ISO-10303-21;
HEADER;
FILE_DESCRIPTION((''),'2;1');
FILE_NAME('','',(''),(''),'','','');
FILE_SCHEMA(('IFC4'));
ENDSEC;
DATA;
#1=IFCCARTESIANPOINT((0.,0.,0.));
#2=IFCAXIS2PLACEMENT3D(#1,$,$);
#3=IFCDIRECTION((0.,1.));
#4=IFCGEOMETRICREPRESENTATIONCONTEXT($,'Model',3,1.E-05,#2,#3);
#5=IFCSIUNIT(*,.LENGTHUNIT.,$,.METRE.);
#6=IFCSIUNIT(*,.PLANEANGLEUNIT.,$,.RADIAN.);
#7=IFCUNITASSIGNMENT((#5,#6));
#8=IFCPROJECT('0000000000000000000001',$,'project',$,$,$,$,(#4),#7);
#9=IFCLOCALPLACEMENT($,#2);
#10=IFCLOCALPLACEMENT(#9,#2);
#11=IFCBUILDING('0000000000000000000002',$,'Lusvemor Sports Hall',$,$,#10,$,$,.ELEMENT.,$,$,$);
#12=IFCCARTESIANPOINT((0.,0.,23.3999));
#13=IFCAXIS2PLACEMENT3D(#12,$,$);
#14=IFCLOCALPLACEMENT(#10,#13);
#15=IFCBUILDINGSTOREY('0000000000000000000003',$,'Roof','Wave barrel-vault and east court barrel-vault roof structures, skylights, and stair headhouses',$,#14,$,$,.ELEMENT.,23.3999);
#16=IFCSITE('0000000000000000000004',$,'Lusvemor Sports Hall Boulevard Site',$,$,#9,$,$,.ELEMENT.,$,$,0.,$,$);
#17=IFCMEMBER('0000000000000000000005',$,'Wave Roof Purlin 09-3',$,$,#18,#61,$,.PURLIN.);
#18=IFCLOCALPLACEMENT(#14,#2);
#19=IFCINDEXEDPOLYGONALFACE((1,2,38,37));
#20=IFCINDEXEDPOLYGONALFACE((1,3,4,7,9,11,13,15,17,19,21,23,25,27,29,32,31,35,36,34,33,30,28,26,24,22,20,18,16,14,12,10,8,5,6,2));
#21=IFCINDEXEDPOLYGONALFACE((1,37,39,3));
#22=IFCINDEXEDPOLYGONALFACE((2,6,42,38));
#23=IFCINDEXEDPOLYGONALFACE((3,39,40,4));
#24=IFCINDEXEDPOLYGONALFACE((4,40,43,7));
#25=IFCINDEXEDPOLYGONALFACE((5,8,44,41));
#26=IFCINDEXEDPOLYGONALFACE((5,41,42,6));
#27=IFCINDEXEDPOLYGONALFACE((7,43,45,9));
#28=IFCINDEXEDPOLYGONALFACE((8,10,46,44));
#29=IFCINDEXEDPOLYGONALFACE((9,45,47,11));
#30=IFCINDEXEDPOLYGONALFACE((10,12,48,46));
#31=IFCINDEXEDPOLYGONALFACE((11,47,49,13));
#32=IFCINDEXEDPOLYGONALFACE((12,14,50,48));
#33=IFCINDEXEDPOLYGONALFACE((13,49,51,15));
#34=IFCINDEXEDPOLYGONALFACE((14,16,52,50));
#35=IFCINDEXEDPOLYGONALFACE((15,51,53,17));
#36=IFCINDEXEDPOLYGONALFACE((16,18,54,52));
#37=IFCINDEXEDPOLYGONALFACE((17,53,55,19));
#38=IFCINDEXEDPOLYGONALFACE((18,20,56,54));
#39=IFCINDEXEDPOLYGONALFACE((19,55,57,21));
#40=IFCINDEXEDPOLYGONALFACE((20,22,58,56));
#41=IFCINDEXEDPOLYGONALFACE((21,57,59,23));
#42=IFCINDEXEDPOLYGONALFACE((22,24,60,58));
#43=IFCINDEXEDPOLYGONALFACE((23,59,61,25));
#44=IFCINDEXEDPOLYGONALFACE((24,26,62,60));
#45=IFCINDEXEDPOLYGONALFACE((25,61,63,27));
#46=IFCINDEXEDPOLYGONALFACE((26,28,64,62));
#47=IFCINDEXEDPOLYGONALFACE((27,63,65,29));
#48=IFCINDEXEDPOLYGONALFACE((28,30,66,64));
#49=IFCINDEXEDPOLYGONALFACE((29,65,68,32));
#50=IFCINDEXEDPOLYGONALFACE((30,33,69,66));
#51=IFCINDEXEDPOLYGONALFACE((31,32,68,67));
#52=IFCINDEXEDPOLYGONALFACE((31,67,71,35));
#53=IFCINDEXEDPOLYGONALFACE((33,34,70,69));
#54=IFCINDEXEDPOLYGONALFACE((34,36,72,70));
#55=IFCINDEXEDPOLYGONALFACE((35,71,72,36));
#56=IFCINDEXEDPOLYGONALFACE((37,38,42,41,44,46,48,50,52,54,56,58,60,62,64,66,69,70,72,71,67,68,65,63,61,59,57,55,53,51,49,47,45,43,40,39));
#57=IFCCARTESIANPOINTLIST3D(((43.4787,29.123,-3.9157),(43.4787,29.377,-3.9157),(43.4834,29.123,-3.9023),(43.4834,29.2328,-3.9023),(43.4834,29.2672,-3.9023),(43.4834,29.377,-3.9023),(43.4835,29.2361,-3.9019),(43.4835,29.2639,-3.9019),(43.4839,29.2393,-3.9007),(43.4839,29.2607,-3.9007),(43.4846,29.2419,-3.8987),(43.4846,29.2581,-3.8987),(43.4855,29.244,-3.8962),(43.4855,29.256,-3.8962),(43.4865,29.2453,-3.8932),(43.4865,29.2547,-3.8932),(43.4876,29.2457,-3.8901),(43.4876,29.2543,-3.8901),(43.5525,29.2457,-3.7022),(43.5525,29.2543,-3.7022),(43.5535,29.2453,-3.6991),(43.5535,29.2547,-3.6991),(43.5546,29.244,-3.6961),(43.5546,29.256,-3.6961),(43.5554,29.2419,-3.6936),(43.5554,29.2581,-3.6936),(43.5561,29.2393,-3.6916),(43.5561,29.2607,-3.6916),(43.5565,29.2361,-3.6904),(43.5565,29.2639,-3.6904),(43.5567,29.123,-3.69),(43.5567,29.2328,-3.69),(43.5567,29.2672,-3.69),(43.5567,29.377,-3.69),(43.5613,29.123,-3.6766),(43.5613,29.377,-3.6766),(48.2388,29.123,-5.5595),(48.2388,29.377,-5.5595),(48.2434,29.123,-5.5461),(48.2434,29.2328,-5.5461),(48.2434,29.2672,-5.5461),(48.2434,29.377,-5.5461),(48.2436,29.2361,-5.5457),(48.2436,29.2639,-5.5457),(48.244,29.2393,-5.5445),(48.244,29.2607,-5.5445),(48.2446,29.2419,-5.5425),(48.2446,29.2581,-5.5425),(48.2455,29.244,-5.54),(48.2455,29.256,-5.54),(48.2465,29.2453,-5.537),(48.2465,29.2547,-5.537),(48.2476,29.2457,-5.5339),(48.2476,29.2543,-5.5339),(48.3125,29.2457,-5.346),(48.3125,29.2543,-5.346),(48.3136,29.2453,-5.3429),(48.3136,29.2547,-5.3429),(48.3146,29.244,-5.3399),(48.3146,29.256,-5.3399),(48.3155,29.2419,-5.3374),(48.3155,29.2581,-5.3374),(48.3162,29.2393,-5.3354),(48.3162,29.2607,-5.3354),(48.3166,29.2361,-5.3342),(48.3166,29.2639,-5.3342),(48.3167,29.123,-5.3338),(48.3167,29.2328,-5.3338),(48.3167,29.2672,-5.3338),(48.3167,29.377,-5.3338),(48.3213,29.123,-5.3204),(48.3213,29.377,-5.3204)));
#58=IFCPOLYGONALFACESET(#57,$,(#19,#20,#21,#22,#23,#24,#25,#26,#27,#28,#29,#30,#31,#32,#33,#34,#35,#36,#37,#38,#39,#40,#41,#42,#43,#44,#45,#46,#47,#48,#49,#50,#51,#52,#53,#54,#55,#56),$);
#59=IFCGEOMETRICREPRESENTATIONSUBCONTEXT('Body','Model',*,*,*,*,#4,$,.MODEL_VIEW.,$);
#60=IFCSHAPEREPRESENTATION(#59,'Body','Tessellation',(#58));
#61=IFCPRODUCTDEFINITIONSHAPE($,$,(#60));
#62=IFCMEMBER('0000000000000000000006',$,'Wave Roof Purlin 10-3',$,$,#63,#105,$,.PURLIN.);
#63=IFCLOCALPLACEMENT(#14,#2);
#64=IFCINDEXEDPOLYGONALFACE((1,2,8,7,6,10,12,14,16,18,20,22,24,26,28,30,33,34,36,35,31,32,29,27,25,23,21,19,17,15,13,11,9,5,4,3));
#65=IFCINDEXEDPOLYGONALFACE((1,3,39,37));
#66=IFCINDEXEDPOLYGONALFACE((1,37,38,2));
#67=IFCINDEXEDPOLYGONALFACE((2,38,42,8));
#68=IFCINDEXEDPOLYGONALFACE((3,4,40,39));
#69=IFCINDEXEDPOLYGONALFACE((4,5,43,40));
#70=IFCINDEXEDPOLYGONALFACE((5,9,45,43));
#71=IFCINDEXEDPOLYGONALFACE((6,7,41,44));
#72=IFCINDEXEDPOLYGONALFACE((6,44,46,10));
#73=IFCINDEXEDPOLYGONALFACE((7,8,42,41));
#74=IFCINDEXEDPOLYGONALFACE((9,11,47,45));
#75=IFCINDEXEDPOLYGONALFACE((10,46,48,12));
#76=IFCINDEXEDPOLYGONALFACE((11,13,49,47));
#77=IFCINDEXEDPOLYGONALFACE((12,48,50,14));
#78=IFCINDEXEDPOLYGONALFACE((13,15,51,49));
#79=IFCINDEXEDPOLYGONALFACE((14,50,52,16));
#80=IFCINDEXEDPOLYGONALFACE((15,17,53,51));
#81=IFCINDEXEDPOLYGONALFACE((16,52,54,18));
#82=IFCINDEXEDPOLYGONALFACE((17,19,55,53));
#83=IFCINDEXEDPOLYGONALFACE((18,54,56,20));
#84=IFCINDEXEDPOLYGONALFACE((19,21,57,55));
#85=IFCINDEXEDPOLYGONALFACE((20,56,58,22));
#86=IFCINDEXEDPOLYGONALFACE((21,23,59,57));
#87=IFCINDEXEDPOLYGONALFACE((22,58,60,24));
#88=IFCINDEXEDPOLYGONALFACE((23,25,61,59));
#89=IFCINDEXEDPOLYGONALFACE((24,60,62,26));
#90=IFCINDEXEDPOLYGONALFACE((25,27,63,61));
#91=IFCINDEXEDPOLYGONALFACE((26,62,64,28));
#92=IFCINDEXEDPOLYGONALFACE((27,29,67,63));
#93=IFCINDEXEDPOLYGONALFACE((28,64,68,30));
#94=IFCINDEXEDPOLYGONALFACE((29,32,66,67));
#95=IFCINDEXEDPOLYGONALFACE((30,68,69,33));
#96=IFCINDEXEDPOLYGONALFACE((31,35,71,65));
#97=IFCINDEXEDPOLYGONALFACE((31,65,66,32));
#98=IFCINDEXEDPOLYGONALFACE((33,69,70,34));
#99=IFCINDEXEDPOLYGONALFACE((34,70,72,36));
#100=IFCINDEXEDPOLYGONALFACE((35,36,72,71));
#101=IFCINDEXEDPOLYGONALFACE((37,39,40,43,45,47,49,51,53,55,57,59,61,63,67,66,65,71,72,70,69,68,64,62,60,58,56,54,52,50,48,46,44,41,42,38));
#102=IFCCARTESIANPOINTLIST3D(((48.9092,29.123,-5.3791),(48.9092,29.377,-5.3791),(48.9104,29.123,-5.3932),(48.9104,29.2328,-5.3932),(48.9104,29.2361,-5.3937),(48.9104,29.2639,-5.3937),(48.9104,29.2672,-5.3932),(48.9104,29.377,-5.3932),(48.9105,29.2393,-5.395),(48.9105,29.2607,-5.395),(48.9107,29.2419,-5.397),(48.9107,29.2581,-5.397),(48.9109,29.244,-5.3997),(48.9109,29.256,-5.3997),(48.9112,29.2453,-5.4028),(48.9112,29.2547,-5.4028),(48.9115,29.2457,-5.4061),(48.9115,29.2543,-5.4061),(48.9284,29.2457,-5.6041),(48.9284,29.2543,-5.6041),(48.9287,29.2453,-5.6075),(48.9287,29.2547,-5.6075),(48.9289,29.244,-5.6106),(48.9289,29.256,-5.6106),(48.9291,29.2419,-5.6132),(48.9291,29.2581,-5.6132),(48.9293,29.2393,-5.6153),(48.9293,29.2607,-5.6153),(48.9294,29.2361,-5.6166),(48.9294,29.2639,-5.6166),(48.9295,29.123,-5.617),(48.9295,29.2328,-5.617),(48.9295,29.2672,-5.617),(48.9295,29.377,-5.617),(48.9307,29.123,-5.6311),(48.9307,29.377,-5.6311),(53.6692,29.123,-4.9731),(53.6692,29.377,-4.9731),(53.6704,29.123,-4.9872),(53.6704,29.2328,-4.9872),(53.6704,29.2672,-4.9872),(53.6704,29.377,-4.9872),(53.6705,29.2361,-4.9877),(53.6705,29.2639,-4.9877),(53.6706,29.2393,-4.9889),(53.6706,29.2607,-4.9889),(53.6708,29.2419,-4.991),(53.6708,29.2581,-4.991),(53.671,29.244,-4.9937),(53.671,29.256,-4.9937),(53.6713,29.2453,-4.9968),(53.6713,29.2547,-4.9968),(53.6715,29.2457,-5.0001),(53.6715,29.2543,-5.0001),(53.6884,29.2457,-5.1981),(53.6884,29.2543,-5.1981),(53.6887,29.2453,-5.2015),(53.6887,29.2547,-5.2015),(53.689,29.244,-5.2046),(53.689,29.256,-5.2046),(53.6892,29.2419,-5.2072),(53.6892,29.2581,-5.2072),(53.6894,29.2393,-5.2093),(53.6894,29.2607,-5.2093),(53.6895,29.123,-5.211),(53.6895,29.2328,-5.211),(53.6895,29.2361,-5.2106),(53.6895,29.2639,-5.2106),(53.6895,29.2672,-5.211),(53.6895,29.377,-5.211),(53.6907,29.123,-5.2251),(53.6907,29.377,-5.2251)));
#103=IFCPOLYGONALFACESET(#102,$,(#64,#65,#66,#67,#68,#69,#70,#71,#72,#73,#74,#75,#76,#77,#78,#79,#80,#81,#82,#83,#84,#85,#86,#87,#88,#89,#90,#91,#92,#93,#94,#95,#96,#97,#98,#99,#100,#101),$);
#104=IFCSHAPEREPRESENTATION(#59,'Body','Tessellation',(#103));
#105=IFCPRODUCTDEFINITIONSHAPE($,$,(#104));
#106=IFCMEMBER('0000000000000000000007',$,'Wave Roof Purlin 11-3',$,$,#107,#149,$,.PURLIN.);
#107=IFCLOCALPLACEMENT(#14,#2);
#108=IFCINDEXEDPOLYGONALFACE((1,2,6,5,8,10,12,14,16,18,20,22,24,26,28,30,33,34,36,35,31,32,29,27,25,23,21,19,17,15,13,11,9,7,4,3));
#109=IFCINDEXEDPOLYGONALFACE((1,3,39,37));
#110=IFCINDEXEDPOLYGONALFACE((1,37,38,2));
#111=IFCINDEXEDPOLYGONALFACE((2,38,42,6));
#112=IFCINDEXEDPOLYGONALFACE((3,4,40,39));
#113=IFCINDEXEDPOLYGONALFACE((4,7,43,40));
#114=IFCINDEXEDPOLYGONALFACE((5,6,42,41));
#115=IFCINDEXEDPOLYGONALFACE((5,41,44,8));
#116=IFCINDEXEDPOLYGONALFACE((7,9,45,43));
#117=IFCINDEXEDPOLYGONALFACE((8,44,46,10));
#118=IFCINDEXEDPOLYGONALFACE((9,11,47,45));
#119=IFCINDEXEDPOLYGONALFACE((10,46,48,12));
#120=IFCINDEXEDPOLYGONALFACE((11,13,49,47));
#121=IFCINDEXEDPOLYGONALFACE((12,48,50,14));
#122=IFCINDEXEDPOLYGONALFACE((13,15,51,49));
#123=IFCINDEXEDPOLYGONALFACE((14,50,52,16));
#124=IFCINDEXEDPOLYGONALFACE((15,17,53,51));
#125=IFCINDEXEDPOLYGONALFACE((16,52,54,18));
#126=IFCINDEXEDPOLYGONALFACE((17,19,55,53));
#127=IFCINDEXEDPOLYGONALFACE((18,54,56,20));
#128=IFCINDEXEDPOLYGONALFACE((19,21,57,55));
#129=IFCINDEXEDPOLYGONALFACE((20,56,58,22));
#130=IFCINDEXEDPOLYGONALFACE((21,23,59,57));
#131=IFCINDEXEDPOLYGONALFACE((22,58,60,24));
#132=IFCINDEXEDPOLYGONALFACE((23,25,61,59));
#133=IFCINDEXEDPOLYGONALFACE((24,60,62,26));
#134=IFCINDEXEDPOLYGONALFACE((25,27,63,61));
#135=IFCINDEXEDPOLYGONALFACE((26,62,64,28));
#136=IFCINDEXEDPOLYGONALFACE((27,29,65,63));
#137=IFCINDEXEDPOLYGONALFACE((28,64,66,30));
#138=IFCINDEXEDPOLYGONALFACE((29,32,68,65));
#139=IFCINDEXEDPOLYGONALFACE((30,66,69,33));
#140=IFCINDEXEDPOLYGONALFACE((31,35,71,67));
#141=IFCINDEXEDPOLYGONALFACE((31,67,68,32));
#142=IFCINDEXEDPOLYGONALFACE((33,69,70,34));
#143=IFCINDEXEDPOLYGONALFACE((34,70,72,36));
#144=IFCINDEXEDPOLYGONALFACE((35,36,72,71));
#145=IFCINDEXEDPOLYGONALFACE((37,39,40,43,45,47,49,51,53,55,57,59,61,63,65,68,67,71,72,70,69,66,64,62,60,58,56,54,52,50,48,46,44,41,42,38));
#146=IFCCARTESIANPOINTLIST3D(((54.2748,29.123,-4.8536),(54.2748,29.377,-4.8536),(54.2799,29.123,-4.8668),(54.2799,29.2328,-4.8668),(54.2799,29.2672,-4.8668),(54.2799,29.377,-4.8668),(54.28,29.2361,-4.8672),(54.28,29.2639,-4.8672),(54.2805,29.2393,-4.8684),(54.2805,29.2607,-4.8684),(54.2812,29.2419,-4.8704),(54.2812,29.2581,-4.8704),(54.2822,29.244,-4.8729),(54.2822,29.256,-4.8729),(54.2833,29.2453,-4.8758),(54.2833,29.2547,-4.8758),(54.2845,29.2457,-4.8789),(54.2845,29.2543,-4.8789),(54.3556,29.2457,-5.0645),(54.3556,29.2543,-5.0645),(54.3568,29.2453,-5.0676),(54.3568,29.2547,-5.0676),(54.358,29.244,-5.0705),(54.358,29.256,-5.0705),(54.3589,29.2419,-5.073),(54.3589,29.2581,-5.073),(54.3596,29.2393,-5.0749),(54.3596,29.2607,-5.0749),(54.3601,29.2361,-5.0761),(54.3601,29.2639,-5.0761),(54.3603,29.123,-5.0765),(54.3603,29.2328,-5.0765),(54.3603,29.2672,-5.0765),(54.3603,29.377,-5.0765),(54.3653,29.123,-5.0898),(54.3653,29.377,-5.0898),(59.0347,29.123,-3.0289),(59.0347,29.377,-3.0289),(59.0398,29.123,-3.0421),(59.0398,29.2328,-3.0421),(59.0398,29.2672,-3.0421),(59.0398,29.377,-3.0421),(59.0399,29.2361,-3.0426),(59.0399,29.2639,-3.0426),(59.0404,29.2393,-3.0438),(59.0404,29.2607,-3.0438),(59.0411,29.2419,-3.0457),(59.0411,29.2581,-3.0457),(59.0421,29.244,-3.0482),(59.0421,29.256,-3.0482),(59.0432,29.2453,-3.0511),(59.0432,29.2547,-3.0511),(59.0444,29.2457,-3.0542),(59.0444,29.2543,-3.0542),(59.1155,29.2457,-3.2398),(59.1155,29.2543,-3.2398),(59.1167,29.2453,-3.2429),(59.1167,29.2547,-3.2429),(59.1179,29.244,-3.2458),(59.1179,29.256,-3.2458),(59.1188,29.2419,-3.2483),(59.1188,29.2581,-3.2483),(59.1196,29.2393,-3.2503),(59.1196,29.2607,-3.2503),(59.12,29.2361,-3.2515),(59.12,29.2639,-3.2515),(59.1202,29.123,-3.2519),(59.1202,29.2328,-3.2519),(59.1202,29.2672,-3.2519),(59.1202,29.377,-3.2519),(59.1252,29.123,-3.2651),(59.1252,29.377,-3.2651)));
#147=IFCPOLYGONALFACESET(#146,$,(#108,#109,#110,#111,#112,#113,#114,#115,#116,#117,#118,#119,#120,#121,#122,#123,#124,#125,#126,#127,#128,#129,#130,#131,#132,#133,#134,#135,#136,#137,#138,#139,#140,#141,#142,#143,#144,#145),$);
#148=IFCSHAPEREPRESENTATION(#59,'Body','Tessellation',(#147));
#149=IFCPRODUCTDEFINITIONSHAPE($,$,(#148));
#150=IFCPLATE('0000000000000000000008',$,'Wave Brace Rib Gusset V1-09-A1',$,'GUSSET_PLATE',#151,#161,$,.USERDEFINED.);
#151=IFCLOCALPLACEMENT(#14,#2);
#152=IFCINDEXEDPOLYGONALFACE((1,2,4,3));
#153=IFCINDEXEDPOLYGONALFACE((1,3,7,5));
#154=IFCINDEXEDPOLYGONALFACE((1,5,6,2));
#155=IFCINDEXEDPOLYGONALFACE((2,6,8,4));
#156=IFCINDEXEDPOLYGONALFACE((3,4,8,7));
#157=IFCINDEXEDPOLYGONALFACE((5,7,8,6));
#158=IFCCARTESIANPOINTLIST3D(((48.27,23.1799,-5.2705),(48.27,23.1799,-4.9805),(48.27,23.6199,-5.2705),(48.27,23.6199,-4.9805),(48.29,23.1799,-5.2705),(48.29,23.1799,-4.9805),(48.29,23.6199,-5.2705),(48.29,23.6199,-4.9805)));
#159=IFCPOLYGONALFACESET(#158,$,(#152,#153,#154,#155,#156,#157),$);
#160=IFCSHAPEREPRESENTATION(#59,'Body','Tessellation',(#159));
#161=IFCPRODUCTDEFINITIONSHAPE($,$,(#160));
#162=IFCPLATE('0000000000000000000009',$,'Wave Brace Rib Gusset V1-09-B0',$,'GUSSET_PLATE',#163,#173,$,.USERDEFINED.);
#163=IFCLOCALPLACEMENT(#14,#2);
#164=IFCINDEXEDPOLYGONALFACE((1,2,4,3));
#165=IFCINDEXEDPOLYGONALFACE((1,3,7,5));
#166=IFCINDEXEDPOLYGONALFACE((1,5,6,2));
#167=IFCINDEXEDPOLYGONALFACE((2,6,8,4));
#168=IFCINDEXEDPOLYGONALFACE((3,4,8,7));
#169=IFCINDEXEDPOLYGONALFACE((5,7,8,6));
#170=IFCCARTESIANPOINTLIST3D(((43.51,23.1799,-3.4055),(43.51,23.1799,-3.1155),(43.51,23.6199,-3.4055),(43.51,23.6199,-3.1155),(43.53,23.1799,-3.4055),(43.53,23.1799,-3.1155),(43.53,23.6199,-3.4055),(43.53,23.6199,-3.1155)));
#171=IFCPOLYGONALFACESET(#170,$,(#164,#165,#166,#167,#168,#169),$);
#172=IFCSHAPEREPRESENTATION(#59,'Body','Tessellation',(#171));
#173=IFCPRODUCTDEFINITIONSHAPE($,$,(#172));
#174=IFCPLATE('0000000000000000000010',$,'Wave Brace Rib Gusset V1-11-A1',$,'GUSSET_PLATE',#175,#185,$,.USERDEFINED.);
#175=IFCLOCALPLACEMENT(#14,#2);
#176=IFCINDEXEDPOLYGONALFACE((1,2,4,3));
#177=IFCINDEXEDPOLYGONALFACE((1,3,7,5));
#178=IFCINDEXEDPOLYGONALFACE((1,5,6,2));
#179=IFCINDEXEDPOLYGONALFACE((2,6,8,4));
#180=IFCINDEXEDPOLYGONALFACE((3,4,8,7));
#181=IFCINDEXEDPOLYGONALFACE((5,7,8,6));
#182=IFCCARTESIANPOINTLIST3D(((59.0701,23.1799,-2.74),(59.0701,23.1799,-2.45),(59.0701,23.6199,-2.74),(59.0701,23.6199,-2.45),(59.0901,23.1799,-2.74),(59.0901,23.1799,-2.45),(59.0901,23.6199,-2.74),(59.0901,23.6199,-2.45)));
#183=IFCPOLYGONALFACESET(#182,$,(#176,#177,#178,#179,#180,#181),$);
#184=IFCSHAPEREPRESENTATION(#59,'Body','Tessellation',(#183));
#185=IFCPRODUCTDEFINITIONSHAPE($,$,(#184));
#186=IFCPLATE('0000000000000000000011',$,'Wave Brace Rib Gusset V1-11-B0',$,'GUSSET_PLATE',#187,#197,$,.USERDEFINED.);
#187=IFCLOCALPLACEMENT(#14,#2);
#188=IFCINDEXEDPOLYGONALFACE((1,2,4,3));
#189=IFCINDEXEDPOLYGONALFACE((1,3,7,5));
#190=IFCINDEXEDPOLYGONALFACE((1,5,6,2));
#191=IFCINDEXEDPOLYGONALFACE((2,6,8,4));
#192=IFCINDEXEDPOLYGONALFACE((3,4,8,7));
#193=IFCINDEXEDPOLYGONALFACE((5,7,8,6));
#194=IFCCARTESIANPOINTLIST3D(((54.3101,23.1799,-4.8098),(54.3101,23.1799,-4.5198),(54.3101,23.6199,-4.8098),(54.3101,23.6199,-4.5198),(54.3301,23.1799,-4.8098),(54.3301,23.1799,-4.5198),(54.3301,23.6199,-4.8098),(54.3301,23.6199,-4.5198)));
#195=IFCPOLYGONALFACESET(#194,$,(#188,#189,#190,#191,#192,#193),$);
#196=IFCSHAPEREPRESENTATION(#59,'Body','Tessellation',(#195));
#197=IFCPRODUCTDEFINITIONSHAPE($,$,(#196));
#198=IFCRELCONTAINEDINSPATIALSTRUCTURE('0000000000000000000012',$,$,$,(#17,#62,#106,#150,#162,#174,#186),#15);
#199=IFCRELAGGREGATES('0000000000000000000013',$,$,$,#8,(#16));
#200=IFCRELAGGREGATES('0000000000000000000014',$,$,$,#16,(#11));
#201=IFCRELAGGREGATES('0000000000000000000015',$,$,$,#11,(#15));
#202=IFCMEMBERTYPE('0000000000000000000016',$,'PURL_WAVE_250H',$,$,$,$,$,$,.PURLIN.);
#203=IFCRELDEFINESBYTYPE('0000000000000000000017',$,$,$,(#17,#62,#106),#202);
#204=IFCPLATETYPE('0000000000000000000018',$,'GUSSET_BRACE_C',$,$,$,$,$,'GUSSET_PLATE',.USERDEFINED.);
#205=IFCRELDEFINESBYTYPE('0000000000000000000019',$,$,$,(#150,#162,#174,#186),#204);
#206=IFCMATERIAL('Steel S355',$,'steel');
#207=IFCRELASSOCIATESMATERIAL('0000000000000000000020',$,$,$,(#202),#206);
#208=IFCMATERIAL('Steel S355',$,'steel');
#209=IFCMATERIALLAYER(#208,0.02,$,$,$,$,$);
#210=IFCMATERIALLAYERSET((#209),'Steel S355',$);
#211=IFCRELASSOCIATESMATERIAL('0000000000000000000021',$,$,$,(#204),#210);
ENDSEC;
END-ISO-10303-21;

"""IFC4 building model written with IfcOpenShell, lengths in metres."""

from ifc_helpers import new_model, si_unit, direction, frame, origin, origin_2d, place, context, subcontext, project, spatial, rectangle, i_section, extrude, material, layer, layer_set, material_profile, profile_set, type_object, element, save


model = new_model("IFC4")

# Units and contexts
model_context = context("Model", 3, precision=1e-05, world=origin(), true_north=direction((0.0, 1.0)))
body_context = subcontext(model_context, "Body", "Model", "MODEL_VIEW")
ifc_project = project(units=[si_unit("LENGTHUNIT", "METRE"), si_unit("PLANEANGLEUNIT", "RADIAN")], contexts=[model_context])

# Site, building, storey
site_placement = place(None, origin())
site = spatial("IfcSite", under=ifc_project, at=site_placement, Name="Lusvemor Sports Hall Boulevard Site", CompositionType="ELEMENT", RefElevation=0.0)
building_placement = place(site_placement, origin())
building = spatial("IfcBuilding", under=site, at=building_placement, Name="Lusvemor Sports Hall", CompositionType="ELEMENT")
storey_placement = place(building_placement, frame((0.0, 0.0, 23.3999)))
storey = spatial("IfcBuildingStorey", under=building, at=storey_placement, Name="Roof", Description="Wave barrel-vault and east court barrel-vault roof structures, skylights, and stair headhouses", CompositionType="ELEMENT", Elevation=23.3999)

# Members
ifc_material_1 = material(Name="Steel S355", Category="steel")
ifc_material_profile_1 = material_profile(ifc_material_1, i_section(OverallWidth=0.2539, OverallDepth=0.2529, WebThickness=0.0085, FlangeThickness=0.0142, FilletRadius=0.0129, at=origin_2d()), Name="W250x73.0")
ifc_profile_set_1 = profile_set([ifc_material_profile_1], Name="Steel S355")
member_type_1 = type_object("IfcMemberType", Name="PURL_WAVE_250H", PredefinedType="PURLIN", material=ifc_profile_set_1)
member_1_placement = place(storey_placement, frame((43.52, 29.25, -3.7961), z_axis=(0.945225, 0.0, -0.326419), x_axis=(0.0, 1.0, 0.0)))
element("IfcMember", 1, at=member_1_placement, inside=storey, type_object=member_type_1, Name="Wave Roof Purlin 09-3", PredefinedType="PURLIN", context=body_context, shape_type="SweptSolid", body=[
    extrude(i_section(OverallWidth=0.2539, OverallDepth=0.2529, WebThickness=0.0085, FlangeThickness=0.0142, FilletRadius=0.0129, at=origin_2d()), origin(), (0.0, 0.0, 1.0), 5.0359),
])
member_2_placement = place(storey_placement, frame((48.9199, 29.25, -5.5051), z_axis=(0.996382, 0.0, 0.084987), x_axis=(0.0, 1.0, 0.0)))
element("IfcMember", 2, at=member_2_placement, inside=storey, type_object=member_type_1, Name="Wave Roof Purlin 10-3", PredefinedType="PURLIN", context=body_context, shape_type="SweptSolid", body=[
    extrude(i_section(OverallWidth=0.2539, OverallDepth=0.2529, WebThickness=0.0085, FlangeThickness=0.0142, FilletRadius=0.0129, at=origin_2d()), origin(), (0.0, 0.0, 1.0), 4.7773),
])
member_3_placement = place(storey_placement, frame((54.3201, 29.25, -4.9717), z_axis=(0.933744, 0.0, 0.357942), x_axis=(0.0, 1.0, 0.0)))
element("IfcMember", 3, at=member_3_placement, inside=storey, type_object=member_type_1, Name="Wave Roof Purlin 11-3", PredefinedType="PURLIN", context=body_context, shape_type="SweptSolid", body=[
    extrude(i_section(OverallWidth=0.2539, OverallDepth=0.2529, WebThickness=0.0085, FlangeThickness=0.0142, FilletRadius=0.0129, at=origin_2d()), origin(), (0.0, 0.0, 1.0), 5.0977),
])

# Plates
ifc_material_2 = material(Name="Steel S355", Category="steel")
ifc_layer_1 = layer(ifc_material_2, 0.02)
ifc_layer_set_1 = layer_set([ifc_layer_1], Name="Steel S355")
plate_type = type_object("IfcPlateType", Name="GUSSET_BRACE_C", ElementType="GUSSET_PLATE", PredefinedType="USERDEFINED", material=ifc_layer_set_1)
for number, where, z_axis, x_axis, name in (
    (4, (48.28, 23.3999, -5.2705), (0.0, 0.0, 1.0), (1.0, 0.0, 0.0), "Wave Brace Rib Gusset V1-09-A1"),
    (5, (43.52, 23.3999, -3.4055), (0.0, 0.0, 1.0), (1.0, 0.0, 0.0), "Wave Brace Rib Gusset V1-09-B0"),
    (6, (59.0801, 23.3999, -2.74), (0.0, 0.0, 1.0), (1.0, 0.0, 0.0), "Wave Brace Rib Gusset V1-11-A1"),
    (7, (54.3201, 23.3999, -4.8098), (0.0, 0.0, 1.0), (1.0, 0.0, 0.0), "Wave Brace Rib Gusset V1-11-B0"),
):
    element("IfcPlate", number, at=place(storey_placement, frame(where, z_axis=z_axis, x_axis=x_axis)), inside=storey, type_object=plate_type, Name=name, ObjectType="GUSSET_PLATE", PredefinedType="USERDEFINED", context=body_context, shape_type="SweptSolid", body=[
        extrude(rectangle(XDim=0.02, YDim=0.4399, at=origin_2d()), origin(), (0.0, 0.0, 1.0), 0.29),
    ])

save(model, "model.ifc")
